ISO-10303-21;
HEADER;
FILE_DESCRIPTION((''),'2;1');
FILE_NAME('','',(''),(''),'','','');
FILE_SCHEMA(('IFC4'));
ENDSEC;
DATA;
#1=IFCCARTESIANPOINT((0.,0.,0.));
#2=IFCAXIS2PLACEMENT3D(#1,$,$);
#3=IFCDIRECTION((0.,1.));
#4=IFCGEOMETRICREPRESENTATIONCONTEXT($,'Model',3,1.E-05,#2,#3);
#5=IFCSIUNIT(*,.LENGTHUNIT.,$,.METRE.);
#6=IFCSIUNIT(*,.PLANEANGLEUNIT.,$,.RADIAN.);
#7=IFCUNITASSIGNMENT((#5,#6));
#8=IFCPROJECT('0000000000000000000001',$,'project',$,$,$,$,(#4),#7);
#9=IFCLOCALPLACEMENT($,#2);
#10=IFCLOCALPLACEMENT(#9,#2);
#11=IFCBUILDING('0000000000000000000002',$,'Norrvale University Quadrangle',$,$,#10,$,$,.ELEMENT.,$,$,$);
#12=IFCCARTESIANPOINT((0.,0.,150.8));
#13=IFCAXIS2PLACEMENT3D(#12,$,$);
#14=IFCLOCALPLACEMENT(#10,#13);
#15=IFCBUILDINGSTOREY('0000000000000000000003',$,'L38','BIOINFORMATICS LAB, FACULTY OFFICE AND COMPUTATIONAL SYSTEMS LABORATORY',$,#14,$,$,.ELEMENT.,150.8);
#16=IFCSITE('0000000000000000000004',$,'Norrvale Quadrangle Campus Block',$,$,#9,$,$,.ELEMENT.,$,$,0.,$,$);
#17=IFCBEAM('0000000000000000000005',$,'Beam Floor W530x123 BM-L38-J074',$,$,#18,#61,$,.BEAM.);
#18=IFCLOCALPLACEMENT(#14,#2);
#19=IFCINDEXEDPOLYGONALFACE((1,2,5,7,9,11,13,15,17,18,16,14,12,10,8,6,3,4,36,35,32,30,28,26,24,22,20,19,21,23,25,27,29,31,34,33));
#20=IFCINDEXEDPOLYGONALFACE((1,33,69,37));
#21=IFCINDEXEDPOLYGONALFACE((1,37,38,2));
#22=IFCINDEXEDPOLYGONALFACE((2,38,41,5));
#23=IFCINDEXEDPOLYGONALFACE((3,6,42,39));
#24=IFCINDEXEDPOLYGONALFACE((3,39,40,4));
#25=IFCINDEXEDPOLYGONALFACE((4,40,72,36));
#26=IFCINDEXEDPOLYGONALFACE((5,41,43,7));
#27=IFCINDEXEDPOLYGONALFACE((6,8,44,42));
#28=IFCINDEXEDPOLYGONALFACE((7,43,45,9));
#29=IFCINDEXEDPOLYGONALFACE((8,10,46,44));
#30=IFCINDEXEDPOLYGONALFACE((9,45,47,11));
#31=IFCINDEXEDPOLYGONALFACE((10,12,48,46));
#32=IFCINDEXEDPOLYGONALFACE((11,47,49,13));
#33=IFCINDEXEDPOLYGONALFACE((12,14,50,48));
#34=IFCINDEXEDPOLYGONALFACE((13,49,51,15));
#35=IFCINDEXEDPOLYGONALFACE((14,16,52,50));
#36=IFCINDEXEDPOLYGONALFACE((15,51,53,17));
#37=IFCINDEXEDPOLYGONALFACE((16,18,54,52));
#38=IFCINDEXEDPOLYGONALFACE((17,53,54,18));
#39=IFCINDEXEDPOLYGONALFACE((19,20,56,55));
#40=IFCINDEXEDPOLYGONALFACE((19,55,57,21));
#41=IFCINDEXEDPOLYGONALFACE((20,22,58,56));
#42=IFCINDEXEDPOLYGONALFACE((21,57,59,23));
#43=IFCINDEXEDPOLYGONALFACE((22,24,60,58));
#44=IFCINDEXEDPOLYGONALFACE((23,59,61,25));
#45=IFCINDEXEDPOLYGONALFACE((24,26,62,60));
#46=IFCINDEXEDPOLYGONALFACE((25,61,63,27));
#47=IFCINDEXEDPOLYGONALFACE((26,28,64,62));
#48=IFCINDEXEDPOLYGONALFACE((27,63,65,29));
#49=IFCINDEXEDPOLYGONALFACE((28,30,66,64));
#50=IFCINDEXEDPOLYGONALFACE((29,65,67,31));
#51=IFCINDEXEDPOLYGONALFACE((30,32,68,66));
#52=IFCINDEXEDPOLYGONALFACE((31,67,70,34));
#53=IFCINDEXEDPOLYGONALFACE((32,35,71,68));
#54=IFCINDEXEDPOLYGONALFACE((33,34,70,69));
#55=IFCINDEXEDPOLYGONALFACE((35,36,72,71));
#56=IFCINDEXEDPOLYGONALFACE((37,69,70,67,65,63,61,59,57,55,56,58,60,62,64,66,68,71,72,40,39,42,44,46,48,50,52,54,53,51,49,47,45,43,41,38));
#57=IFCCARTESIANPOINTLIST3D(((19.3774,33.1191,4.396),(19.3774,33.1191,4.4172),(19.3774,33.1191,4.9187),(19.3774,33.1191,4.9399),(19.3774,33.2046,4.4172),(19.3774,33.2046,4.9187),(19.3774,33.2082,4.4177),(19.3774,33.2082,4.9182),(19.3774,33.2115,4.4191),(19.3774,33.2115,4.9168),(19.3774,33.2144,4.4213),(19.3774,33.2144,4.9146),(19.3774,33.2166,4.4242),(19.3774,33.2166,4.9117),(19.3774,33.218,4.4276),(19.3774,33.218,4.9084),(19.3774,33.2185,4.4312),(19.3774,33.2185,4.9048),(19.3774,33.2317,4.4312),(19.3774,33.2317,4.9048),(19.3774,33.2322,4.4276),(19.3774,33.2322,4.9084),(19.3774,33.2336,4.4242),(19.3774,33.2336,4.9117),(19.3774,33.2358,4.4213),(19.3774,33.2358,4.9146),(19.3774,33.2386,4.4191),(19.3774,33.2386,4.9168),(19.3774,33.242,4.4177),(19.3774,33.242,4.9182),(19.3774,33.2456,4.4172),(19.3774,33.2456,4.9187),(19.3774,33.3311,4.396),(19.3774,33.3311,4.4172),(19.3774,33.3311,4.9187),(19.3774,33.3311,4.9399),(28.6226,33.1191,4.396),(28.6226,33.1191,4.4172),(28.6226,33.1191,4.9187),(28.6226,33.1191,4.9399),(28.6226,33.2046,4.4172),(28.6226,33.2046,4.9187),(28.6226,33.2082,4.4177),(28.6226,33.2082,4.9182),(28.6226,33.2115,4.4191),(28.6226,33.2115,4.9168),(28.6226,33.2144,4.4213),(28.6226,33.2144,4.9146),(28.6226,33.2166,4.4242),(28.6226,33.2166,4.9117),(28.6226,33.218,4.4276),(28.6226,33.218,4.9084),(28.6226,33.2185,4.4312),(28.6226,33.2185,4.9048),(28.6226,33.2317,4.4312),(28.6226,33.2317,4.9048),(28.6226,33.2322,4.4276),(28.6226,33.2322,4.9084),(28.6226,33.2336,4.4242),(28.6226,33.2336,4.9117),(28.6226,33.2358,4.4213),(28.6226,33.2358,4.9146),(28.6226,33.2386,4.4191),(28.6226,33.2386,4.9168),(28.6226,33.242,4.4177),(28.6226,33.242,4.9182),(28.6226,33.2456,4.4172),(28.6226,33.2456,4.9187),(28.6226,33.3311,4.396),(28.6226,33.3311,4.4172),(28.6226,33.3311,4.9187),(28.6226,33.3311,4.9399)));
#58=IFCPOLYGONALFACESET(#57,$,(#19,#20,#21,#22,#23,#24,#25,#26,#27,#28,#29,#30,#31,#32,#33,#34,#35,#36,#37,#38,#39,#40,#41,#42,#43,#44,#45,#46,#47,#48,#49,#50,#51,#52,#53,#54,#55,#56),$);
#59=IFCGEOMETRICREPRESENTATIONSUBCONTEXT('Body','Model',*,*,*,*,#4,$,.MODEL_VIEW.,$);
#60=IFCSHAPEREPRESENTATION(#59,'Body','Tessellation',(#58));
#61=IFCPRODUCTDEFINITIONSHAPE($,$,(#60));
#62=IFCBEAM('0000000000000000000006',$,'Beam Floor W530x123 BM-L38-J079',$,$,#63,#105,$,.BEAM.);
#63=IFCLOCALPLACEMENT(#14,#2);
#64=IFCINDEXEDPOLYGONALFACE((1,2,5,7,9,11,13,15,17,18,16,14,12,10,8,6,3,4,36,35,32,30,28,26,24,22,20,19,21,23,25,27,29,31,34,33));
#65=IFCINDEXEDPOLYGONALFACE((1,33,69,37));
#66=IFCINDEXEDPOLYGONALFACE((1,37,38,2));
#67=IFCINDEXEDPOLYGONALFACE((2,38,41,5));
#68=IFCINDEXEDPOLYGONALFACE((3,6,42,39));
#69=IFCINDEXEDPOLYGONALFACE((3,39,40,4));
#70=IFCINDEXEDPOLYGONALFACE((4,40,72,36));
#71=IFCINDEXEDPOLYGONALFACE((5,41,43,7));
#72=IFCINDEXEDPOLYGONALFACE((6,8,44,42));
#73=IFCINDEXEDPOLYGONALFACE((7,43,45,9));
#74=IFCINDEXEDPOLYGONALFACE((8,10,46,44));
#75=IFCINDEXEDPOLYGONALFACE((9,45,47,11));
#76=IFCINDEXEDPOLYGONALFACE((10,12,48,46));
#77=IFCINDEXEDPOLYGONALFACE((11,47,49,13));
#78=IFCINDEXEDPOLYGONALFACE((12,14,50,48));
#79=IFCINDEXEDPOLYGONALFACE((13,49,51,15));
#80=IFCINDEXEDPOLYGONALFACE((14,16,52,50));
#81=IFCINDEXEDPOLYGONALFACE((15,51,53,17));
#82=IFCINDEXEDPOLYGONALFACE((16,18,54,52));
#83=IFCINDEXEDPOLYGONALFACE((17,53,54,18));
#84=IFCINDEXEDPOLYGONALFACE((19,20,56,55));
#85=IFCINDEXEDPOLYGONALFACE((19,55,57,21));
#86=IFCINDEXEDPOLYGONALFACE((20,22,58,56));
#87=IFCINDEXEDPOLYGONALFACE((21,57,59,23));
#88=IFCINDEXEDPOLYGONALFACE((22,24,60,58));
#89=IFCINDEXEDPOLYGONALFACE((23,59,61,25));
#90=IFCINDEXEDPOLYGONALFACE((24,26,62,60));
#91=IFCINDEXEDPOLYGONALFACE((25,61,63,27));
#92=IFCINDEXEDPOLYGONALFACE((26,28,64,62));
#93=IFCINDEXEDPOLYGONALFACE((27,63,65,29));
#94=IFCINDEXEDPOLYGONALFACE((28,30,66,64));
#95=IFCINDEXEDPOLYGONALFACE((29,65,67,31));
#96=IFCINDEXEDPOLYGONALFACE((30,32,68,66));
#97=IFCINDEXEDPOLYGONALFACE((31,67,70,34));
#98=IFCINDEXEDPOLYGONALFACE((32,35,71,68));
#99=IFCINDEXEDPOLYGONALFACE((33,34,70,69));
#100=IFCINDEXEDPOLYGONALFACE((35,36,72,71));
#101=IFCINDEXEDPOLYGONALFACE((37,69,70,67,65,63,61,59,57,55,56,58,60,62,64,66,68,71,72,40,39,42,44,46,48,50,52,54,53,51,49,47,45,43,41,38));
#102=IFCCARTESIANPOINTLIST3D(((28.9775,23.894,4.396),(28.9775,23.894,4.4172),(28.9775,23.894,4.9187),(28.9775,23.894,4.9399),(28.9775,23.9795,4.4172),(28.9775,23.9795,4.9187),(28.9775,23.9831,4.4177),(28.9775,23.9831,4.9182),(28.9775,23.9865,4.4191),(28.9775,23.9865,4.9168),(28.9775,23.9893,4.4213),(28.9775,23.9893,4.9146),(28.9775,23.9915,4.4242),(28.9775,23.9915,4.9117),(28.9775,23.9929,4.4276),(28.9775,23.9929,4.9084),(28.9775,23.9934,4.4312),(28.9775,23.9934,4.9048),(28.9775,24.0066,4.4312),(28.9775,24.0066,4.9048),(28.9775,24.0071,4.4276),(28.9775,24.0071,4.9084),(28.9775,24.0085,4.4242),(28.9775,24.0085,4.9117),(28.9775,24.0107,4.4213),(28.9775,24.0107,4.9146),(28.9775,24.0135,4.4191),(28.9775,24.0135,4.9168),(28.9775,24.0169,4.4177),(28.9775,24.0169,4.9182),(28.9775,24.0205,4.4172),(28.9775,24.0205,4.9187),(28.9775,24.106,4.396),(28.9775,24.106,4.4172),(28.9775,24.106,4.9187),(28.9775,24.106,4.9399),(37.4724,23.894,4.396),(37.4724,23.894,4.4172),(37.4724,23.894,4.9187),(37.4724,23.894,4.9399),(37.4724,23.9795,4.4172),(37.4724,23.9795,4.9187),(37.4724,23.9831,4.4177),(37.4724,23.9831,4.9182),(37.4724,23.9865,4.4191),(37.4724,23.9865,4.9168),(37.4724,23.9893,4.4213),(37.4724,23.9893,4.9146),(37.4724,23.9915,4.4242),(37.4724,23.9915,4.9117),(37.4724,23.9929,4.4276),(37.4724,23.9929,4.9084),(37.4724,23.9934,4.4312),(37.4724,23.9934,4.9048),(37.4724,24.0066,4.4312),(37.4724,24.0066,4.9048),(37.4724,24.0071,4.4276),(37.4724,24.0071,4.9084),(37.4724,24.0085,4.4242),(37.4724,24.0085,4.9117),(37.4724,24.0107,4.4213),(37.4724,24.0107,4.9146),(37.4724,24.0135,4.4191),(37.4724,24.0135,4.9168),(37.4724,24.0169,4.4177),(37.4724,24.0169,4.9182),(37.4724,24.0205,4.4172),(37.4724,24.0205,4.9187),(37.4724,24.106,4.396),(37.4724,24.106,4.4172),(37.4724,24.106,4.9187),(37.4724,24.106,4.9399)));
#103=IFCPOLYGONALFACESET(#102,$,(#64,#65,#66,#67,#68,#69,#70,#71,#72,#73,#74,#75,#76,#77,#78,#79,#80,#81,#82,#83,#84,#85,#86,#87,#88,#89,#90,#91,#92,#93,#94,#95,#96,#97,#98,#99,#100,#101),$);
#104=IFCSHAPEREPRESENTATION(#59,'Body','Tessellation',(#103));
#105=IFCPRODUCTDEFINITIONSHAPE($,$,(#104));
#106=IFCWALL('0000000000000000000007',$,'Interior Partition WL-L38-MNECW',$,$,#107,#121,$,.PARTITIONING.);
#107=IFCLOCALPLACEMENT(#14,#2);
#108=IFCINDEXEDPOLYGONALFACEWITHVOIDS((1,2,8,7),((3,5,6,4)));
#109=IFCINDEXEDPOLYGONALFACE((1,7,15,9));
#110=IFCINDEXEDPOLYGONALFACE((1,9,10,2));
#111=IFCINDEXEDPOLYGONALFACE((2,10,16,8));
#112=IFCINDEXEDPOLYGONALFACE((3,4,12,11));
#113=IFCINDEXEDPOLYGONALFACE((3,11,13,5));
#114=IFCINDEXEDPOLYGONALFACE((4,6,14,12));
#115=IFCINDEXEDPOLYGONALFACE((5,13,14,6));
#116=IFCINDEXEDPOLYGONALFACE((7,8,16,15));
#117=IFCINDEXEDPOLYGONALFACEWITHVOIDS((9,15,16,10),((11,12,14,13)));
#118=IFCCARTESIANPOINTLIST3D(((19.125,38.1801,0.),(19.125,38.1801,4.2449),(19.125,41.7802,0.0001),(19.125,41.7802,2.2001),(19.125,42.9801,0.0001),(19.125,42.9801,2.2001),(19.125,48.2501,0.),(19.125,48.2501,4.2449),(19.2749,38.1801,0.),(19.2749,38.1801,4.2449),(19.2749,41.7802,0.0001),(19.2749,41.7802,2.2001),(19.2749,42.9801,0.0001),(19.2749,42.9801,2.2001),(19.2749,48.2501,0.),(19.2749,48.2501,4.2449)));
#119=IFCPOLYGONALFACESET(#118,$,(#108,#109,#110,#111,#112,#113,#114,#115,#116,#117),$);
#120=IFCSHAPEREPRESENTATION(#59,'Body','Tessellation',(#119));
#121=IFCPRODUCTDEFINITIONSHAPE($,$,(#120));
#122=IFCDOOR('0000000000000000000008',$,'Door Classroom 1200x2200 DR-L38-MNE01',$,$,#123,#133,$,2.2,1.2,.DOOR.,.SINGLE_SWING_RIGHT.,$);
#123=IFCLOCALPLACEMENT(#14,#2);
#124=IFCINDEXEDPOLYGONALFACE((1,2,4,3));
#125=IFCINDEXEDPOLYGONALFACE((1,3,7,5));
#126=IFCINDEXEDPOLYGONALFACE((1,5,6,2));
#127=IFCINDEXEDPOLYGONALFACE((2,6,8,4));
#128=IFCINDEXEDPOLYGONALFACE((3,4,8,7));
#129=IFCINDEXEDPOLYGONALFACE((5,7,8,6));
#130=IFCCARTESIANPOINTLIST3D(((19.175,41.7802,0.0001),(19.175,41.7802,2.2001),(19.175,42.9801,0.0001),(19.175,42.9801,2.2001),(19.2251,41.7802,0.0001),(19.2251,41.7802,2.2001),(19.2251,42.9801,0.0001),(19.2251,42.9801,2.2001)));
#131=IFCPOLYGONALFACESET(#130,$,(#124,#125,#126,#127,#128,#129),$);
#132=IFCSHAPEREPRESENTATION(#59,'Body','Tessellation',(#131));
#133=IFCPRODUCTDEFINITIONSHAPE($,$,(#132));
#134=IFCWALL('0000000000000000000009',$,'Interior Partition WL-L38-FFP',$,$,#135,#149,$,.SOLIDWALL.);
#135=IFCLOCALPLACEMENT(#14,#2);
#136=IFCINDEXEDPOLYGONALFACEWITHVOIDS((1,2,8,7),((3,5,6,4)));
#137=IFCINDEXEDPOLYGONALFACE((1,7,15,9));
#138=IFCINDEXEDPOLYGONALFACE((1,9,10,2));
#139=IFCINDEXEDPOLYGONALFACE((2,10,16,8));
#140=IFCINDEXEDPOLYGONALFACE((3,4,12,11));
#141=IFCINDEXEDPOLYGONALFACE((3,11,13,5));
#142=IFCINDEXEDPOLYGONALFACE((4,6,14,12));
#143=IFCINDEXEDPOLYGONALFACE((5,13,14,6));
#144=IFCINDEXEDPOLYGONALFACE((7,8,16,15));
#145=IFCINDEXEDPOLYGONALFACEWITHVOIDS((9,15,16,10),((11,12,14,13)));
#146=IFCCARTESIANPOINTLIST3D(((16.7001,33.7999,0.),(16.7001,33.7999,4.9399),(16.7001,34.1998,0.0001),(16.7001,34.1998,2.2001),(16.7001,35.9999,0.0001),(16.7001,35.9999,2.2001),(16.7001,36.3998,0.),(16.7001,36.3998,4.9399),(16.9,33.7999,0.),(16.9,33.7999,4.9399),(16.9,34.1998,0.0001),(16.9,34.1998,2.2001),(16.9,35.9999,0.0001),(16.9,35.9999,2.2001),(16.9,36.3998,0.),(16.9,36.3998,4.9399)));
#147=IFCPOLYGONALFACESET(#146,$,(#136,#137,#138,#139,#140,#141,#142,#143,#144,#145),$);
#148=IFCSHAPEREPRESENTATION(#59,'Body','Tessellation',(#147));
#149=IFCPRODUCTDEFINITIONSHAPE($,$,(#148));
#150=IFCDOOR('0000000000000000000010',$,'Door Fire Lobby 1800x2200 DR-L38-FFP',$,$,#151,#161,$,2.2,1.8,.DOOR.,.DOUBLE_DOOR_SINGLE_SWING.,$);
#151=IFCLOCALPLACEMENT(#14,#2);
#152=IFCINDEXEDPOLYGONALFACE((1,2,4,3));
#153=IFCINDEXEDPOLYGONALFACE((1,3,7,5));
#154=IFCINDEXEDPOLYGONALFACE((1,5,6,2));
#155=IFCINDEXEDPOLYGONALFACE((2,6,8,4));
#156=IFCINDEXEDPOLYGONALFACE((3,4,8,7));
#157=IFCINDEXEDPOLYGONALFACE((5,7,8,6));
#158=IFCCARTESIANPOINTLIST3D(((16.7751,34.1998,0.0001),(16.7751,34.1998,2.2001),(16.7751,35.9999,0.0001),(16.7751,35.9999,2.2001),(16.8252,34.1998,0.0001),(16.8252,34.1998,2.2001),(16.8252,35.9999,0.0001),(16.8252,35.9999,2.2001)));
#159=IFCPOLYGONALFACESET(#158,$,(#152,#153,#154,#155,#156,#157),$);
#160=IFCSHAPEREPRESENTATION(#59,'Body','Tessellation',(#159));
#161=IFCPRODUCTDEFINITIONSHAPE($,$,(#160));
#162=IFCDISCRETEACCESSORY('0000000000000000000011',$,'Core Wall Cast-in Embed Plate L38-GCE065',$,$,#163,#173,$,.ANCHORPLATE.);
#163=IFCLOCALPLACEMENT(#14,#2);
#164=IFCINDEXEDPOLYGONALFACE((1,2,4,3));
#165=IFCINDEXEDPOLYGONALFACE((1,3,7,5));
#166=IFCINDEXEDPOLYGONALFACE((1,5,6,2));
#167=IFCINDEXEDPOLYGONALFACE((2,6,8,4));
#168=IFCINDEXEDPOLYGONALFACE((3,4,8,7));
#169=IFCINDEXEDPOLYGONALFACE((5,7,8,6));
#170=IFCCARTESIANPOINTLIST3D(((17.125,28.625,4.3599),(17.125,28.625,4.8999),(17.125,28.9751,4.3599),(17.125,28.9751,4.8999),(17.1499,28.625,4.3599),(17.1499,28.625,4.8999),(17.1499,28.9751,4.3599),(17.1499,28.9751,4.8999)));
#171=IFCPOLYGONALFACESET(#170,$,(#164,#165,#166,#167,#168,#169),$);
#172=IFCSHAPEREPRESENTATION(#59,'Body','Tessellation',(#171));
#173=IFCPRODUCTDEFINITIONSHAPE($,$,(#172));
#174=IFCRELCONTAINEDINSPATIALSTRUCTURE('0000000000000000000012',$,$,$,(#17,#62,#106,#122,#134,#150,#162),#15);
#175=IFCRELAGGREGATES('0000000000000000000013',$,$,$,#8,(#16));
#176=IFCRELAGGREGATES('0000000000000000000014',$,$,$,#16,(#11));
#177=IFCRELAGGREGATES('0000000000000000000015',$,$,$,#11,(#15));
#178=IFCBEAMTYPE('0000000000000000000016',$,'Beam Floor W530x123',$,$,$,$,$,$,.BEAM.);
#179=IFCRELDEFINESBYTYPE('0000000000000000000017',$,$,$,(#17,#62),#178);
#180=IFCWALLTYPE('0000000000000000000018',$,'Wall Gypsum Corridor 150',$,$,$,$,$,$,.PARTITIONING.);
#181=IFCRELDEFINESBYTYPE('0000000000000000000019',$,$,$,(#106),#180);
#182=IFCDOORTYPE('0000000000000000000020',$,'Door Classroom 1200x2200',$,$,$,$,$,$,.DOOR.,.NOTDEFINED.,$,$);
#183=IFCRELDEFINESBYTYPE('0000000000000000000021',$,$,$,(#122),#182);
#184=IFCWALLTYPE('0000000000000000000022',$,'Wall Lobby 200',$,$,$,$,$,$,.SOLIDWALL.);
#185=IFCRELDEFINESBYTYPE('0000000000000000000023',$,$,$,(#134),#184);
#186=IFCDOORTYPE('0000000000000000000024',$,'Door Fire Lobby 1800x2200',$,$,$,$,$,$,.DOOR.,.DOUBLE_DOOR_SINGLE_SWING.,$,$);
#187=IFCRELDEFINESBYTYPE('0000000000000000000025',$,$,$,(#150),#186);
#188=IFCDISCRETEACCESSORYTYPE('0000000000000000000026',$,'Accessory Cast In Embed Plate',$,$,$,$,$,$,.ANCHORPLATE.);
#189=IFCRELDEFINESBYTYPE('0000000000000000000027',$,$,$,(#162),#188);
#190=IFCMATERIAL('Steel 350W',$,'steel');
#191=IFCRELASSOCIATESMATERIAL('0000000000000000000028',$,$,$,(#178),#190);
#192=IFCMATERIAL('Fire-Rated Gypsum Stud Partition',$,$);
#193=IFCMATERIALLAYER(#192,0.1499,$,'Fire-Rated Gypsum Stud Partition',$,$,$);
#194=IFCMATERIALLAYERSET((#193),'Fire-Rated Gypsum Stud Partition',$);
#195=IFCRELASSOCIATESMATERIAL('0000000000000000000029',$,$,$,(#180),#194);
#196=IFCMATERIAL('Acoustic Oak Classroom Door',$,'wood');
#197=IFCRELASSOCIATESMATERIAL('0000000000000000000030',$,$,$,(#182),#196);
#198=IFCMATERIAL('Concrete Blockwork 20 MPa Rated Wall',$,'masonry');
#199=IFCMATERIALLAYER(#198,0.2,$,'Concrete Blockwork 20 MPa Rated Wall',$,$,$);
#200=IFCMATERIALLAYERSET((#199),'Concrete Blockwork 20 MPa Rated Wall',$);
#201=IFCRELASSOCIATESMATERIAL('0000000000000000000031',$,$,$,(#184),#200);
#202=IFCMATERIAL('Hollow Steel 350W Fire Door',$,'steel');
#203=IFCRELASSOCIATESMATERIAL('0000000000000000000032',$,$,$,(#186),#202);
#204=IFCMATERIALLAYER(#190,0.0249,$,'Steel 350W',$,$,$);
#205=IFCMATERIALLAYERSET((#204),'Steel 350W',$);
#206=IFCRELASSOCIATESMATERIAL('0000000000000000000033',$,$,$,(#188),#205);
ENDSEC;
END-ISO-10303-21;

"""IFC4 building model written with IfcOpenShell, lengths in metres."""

from ifc_helpers import new_model, si_unit, direction, frame, frame_2d, origin, origin_2d, place, context, subcontext, project, spatial, rectangle, i_section, extrude, material, layer, layer_set, material_profile, profile_set, type_object, element, fill, save


model = new_model("IFC4")

# Units and contexts
model_context = context("Model", 3, precision=1e-05, world=origin(), true_north=direction((0.0, 1.0)))
body_context = subcontext(model_context, "Body", "Model", "MODEL_VIEW")
ifc_project = project(units=[si_unit("LENGTHUNIT", "METRE"), si_unit("PLANEANGLEUNIT", "RADIAN")], contexts=[model_context])

# Site, building, storey
site_placement = place(None, origin())
site = spatial("IfcSite", under=ifc_project, at=site_placement, Name="Norrvale Quadrangle Campus Block", CompositionType="ELEMENT", RefElevation=0.0)
building_placement = place(site_placement, origin())
building = spatial("IfcBuilding", under=site, at=building_placement, Name="Norrvale University Quadrangle", CompositionType="ELEMENT")
storey_placement = place(building_placement, frame((0.0, 0.0, 150.8)))
storey = spatial("IfcBuildingStorey", under=building, at=storey_placement, Name="L38", Description="BIOINFORMATICS LAB, FACULTY OFFICE AND COMPUTATIONAL SYSTEMS LABORATORY", CompositionType="ELEMENT", Elevation=150.8)

# Beams
ifc_material_1 = material(Name="Steel 350W", Category="steel")
ifc_material_profile_1 = material_profile(ifc_material_1, i_section(OverallWidth=0.2119, OverallDepth=0.5439, WebThickness=0.0132, FlangeThickness=0.0212, FilletRadius=0.0139, at=origin_2d()), Name="Steel 350W")
ifc_profile_set_1 = profile_set([ifc_material_profile_1], Name="Steel 350W")
beam_type_1 = type_object("IfcBeamType", Name="Beam Floor W530x123", PredefinedType="BEAM", material=ifc_profile_set_1)
for number, where, z_axis, x_axis, name in (
    (1, (19.3774, 33.2251, 4.668), (1.0, 0.0, 0.0), (0.0, 1.0, 0.0), "Beam Floor W530x123 BM-L38-J074"),
):
    element("IfcBeam", number, at=place(storey_placement, frame(where, z_axis=z_axis, x_axis=x_axis)), inside=storey, type_object=beam_type_1, Name=name, PredefinedType="BEAM", context=body_context, shape_type="SweptSolid", body=[
        extrude(i_section(OverallWidth=0.2119, OverallDepth=0.5439, WebThickness=0.0132, FlangeThickness=0.0212, FilletRadius=0.0139, at=origin_2d()), origin(), (0.0, 0.0, 1.0), 9.2451),
    ])
beam_1_placement = place(storey_placement, frame((28.9775, 24.0, 4.668), z_axis=(1.0, 0.0, 0.0), x_axis=(0.0, 1.0, 0.0)))
element("IfcBeam", 2, at=beam_1_placement, inside=storey, type_object=beam_type_1, Name="Beam Floor W530x123 BM-L38-J079", PredefinedType="BEAM", context=body_context, shape_type="SweptSolid", body=[
    extrude(i_section(OverallWidth=0.2119, OverallDepth=0.5439, WebThickness=0.0132, FlangeThickness=0.0212, FilletRadius=0.0139, at=origin_2d()), origin(), (0.0, 0.0, 1.0), 8.4949),
])

# Walls, openings, doors
ifc_material_2 = material(Name="Fire-Rated Gypsum Stud Partition")
ifc_layer_1 = layer(ifc_material_2, 0.1499, Name="Fire-Rated Gypsum Stud Partition")
ifc_layer_set_1 = layer_set([ifc_layer_1], Name="Fire-Rated Gypsum Stud Partition")
wall_type_1 = type_object("IfcWallType", Name="Wall Gypsum Corridor 150", PredefinedType="PARTITIONING", material=ifc_layer_set_1)
wall_1_placement = place(storey_placement, frame((19.2, 38.1799, 0.0), z_axis=(0.0, 0.0, 1.0), x_axis=(0.0, 1.0, 0.0)))
wall_1 = element("IfcWall", 3, at=wall_1_placement, inside=storey, type_object=wall_type_1, Name="Interior Partition WL-L38-MNECW", PredefinedType="PARTITIONING", context=body_context, shape_type="SweptSolid", body=[
    extrude(rectangle(XDim=10.0701, YDim=0.1499, at=frame_2d((5.0352, 0.0))), origin(), (0.0, 0.0, 1.0), 4.2449),
])
opening_1_placement = place(wall_1_placement, frame((3.6001, 0.0, 0.0)))
opening_1 = element("IfcOpeningElement", 4, at=opening_1_placement, cuts=wall_1, PredefinedType="OPENING", context=body_context, shape_type="SweptSolid", body=[
    extrude(rectangle(XDim=1.2, YDim=2.2, at=frame_2d((0.6001, 1.1001))), frame((0.0, 0.0869, 0.0), z_axis=(0.0, -1.0, 0.0), x_axis=(1.0, 0.0, 0.0)), (0.0, 0.0, 1.0), 0.1738),
])
ifc_material_3 = material(Name="Acoustic Oak Classroom Door", Category="wood")
door_type_1 = type_object("IfcDoorType", Name="Door Classroom 1200x2200", OperationType="NOTDEFINED", PredefinedType="DOOR", material=ifc_material_3)
door_1_placement = place(opening_1_placement, origin())
door_1 = element("IfcDoor", 5, at=door_1_placement, inside=storey, type_object=door_type_1, Name="Door Classroom 1200x2200 DR-L38-MNE01", OperationType="SINGLE_SWING_RIGHT", OverallHeight=2.2, OverallWidth=1.2, PredefinedType="DOOR", context=body_context, shape_type="SweptSolid", body=[
    extrude(rectangle(XDim=1.2, YDim=2.2, at=frame_2d((0.6001, 1.1001))), frame((0.0, 0.0249, 0.0), z_axis=(0.0, -1.0, 0.0), x_axis=(1.0, 0.0, 0.0)), (0.0, 0.0, 1.0), 0.05),
])
fill(opening_1, door_1)
ifc_material_4 = material(Name="Concrete Blockwork 20 MPa Rated Wall", Category="masonry")
ifc_layer_2 = layer(ifc_material_4, 0.2, Name="Concrete Blockwork 20 MPa Rated Wall")
ifc_layer_set_2 = layer_set([ifc_layer_2], Name="Concrete Blockwork 20 MPa Rated Wall")
wall_type_2 = type_object("IfcWallType", Name="Wall Lobby 200", PredefinedType="SOLIDWALL", material=ifc_layer_set_2)
wall_2_placement = place(storey_placement, frame((16.8, 33.8, 0.0), z_axis=(0.0, 0.0, 1.0), x_axis=(0.0, 1.0, 0.0)))
wall_2 = element("IfcWall", 6, at=wall_2_placement, inside=storey, type_object=wall_type_2, Name="Interior Partition WL-L38-FFP", PredefinedType="SOLIDWALL", context=body_context, shape_type="SweptSolid", body=[
    extrude(rectangle(XDim=2.5999, YDim=0.2, at=frame_2d((1.2998, 0.0))), origin(), (0.0, 0.0, 1.0), 4.9399),
])
opening_2_placement = place(wall_2_placement, frame((0.3999, 0.0, 0.0)))
opening_2 = element("IfcOpeningElement", 7, at=opening_2_placement, cuts=wall_2, PredefinedType="OPENING", context=body_context, shape_type="SweptSolid", body=[
    extrude(rectangle(XDim=1.8, YDim=2.2, at=frame_2d((0.8999, 1.1001))), frame((0.0, 0.1121, 0.0), z_axis=(0.0, -1.0, 0.0), x_axis=(1.0, 0.0, 0.0)), (0.0, 0.0, 1.0), 0.2239),
])
ifc_material_5 = material(Name="Hollow Steel 350W Fire Door", Category="steel")
door_type_2 = type_object("IfcDoorType", Name="Door Fire Lobby 1800x2200", OperationType="DOUBLE_DOOR_SINGLE_SWING", PredefinedType="DOOR", material=ifc_material_5)
door_2_placement = place(opening_2_placement, origin())
door_2 = element("IfcDoor", 8, at=door_2_placement, inside=storey, type_object=door_type_2, Name="Door Fire Lobby 1800x2200 DR-L38-FFP", OperationType="DOUBLE_DOOR_SINGLE_SWING", OverallHeight=2.2, OverallWidth=1.8, PredefinedType="DOOR", context=body_context, shape_type="SweptSolid", body=[
    extrude(rectangle(XDim=1.8, YDim=2.2, at=frame_2d((0.8999, 1.1001))), frame((0.0, 0.0249, 0.0), z_axis=(0.0, -1.0, 0.0), x_axis=(1.0, 0.0, 0.0)), (0.0, 0.0, 1.0), 0.05),
])
fill(opening_2, door_2)

# Discrete accessory
ifc_layer_3 = layer(ifc_material_1, 0.0249, Name="Steel 350W")
ifc_layer_set_3 = layer_set([ifc_layer_3], Name="Steel 350W")
discrete_accessory_type = type_object("IfcDiscreteAccessoryType", Name="Accessory Cast In Embed Plate", PredefinedType="ANCHORPLATE", material=ifc_layer_set_3)
for number, where, z_axis, x_axis, name in (
    (9, (17.1375, 28.8, 4.3599), (0.0, 0.0, 1.0), (1.0, 0.0, 0.0), "Core Wall Cast-in Embed Plate L38-GCE065"),
):
    element("IfcDiscreteAccessory", number, at=place(storey_placement, frame(where, z_axis=z_axis, x_axis=x_axis)), inside=storey, type_object=discrete_accessory_type, Name=name, PredefinedType="ANCHORPLATE", context=body_context, shape_type="SweptSolid", body=[
        extrude(rectangle(XDim=0.0249, YDim=0.3501, at=origin_2d()), origin(), (0.0, 0.0, 1.0), 0.54),
    ])

save(model, "model.ifc")
